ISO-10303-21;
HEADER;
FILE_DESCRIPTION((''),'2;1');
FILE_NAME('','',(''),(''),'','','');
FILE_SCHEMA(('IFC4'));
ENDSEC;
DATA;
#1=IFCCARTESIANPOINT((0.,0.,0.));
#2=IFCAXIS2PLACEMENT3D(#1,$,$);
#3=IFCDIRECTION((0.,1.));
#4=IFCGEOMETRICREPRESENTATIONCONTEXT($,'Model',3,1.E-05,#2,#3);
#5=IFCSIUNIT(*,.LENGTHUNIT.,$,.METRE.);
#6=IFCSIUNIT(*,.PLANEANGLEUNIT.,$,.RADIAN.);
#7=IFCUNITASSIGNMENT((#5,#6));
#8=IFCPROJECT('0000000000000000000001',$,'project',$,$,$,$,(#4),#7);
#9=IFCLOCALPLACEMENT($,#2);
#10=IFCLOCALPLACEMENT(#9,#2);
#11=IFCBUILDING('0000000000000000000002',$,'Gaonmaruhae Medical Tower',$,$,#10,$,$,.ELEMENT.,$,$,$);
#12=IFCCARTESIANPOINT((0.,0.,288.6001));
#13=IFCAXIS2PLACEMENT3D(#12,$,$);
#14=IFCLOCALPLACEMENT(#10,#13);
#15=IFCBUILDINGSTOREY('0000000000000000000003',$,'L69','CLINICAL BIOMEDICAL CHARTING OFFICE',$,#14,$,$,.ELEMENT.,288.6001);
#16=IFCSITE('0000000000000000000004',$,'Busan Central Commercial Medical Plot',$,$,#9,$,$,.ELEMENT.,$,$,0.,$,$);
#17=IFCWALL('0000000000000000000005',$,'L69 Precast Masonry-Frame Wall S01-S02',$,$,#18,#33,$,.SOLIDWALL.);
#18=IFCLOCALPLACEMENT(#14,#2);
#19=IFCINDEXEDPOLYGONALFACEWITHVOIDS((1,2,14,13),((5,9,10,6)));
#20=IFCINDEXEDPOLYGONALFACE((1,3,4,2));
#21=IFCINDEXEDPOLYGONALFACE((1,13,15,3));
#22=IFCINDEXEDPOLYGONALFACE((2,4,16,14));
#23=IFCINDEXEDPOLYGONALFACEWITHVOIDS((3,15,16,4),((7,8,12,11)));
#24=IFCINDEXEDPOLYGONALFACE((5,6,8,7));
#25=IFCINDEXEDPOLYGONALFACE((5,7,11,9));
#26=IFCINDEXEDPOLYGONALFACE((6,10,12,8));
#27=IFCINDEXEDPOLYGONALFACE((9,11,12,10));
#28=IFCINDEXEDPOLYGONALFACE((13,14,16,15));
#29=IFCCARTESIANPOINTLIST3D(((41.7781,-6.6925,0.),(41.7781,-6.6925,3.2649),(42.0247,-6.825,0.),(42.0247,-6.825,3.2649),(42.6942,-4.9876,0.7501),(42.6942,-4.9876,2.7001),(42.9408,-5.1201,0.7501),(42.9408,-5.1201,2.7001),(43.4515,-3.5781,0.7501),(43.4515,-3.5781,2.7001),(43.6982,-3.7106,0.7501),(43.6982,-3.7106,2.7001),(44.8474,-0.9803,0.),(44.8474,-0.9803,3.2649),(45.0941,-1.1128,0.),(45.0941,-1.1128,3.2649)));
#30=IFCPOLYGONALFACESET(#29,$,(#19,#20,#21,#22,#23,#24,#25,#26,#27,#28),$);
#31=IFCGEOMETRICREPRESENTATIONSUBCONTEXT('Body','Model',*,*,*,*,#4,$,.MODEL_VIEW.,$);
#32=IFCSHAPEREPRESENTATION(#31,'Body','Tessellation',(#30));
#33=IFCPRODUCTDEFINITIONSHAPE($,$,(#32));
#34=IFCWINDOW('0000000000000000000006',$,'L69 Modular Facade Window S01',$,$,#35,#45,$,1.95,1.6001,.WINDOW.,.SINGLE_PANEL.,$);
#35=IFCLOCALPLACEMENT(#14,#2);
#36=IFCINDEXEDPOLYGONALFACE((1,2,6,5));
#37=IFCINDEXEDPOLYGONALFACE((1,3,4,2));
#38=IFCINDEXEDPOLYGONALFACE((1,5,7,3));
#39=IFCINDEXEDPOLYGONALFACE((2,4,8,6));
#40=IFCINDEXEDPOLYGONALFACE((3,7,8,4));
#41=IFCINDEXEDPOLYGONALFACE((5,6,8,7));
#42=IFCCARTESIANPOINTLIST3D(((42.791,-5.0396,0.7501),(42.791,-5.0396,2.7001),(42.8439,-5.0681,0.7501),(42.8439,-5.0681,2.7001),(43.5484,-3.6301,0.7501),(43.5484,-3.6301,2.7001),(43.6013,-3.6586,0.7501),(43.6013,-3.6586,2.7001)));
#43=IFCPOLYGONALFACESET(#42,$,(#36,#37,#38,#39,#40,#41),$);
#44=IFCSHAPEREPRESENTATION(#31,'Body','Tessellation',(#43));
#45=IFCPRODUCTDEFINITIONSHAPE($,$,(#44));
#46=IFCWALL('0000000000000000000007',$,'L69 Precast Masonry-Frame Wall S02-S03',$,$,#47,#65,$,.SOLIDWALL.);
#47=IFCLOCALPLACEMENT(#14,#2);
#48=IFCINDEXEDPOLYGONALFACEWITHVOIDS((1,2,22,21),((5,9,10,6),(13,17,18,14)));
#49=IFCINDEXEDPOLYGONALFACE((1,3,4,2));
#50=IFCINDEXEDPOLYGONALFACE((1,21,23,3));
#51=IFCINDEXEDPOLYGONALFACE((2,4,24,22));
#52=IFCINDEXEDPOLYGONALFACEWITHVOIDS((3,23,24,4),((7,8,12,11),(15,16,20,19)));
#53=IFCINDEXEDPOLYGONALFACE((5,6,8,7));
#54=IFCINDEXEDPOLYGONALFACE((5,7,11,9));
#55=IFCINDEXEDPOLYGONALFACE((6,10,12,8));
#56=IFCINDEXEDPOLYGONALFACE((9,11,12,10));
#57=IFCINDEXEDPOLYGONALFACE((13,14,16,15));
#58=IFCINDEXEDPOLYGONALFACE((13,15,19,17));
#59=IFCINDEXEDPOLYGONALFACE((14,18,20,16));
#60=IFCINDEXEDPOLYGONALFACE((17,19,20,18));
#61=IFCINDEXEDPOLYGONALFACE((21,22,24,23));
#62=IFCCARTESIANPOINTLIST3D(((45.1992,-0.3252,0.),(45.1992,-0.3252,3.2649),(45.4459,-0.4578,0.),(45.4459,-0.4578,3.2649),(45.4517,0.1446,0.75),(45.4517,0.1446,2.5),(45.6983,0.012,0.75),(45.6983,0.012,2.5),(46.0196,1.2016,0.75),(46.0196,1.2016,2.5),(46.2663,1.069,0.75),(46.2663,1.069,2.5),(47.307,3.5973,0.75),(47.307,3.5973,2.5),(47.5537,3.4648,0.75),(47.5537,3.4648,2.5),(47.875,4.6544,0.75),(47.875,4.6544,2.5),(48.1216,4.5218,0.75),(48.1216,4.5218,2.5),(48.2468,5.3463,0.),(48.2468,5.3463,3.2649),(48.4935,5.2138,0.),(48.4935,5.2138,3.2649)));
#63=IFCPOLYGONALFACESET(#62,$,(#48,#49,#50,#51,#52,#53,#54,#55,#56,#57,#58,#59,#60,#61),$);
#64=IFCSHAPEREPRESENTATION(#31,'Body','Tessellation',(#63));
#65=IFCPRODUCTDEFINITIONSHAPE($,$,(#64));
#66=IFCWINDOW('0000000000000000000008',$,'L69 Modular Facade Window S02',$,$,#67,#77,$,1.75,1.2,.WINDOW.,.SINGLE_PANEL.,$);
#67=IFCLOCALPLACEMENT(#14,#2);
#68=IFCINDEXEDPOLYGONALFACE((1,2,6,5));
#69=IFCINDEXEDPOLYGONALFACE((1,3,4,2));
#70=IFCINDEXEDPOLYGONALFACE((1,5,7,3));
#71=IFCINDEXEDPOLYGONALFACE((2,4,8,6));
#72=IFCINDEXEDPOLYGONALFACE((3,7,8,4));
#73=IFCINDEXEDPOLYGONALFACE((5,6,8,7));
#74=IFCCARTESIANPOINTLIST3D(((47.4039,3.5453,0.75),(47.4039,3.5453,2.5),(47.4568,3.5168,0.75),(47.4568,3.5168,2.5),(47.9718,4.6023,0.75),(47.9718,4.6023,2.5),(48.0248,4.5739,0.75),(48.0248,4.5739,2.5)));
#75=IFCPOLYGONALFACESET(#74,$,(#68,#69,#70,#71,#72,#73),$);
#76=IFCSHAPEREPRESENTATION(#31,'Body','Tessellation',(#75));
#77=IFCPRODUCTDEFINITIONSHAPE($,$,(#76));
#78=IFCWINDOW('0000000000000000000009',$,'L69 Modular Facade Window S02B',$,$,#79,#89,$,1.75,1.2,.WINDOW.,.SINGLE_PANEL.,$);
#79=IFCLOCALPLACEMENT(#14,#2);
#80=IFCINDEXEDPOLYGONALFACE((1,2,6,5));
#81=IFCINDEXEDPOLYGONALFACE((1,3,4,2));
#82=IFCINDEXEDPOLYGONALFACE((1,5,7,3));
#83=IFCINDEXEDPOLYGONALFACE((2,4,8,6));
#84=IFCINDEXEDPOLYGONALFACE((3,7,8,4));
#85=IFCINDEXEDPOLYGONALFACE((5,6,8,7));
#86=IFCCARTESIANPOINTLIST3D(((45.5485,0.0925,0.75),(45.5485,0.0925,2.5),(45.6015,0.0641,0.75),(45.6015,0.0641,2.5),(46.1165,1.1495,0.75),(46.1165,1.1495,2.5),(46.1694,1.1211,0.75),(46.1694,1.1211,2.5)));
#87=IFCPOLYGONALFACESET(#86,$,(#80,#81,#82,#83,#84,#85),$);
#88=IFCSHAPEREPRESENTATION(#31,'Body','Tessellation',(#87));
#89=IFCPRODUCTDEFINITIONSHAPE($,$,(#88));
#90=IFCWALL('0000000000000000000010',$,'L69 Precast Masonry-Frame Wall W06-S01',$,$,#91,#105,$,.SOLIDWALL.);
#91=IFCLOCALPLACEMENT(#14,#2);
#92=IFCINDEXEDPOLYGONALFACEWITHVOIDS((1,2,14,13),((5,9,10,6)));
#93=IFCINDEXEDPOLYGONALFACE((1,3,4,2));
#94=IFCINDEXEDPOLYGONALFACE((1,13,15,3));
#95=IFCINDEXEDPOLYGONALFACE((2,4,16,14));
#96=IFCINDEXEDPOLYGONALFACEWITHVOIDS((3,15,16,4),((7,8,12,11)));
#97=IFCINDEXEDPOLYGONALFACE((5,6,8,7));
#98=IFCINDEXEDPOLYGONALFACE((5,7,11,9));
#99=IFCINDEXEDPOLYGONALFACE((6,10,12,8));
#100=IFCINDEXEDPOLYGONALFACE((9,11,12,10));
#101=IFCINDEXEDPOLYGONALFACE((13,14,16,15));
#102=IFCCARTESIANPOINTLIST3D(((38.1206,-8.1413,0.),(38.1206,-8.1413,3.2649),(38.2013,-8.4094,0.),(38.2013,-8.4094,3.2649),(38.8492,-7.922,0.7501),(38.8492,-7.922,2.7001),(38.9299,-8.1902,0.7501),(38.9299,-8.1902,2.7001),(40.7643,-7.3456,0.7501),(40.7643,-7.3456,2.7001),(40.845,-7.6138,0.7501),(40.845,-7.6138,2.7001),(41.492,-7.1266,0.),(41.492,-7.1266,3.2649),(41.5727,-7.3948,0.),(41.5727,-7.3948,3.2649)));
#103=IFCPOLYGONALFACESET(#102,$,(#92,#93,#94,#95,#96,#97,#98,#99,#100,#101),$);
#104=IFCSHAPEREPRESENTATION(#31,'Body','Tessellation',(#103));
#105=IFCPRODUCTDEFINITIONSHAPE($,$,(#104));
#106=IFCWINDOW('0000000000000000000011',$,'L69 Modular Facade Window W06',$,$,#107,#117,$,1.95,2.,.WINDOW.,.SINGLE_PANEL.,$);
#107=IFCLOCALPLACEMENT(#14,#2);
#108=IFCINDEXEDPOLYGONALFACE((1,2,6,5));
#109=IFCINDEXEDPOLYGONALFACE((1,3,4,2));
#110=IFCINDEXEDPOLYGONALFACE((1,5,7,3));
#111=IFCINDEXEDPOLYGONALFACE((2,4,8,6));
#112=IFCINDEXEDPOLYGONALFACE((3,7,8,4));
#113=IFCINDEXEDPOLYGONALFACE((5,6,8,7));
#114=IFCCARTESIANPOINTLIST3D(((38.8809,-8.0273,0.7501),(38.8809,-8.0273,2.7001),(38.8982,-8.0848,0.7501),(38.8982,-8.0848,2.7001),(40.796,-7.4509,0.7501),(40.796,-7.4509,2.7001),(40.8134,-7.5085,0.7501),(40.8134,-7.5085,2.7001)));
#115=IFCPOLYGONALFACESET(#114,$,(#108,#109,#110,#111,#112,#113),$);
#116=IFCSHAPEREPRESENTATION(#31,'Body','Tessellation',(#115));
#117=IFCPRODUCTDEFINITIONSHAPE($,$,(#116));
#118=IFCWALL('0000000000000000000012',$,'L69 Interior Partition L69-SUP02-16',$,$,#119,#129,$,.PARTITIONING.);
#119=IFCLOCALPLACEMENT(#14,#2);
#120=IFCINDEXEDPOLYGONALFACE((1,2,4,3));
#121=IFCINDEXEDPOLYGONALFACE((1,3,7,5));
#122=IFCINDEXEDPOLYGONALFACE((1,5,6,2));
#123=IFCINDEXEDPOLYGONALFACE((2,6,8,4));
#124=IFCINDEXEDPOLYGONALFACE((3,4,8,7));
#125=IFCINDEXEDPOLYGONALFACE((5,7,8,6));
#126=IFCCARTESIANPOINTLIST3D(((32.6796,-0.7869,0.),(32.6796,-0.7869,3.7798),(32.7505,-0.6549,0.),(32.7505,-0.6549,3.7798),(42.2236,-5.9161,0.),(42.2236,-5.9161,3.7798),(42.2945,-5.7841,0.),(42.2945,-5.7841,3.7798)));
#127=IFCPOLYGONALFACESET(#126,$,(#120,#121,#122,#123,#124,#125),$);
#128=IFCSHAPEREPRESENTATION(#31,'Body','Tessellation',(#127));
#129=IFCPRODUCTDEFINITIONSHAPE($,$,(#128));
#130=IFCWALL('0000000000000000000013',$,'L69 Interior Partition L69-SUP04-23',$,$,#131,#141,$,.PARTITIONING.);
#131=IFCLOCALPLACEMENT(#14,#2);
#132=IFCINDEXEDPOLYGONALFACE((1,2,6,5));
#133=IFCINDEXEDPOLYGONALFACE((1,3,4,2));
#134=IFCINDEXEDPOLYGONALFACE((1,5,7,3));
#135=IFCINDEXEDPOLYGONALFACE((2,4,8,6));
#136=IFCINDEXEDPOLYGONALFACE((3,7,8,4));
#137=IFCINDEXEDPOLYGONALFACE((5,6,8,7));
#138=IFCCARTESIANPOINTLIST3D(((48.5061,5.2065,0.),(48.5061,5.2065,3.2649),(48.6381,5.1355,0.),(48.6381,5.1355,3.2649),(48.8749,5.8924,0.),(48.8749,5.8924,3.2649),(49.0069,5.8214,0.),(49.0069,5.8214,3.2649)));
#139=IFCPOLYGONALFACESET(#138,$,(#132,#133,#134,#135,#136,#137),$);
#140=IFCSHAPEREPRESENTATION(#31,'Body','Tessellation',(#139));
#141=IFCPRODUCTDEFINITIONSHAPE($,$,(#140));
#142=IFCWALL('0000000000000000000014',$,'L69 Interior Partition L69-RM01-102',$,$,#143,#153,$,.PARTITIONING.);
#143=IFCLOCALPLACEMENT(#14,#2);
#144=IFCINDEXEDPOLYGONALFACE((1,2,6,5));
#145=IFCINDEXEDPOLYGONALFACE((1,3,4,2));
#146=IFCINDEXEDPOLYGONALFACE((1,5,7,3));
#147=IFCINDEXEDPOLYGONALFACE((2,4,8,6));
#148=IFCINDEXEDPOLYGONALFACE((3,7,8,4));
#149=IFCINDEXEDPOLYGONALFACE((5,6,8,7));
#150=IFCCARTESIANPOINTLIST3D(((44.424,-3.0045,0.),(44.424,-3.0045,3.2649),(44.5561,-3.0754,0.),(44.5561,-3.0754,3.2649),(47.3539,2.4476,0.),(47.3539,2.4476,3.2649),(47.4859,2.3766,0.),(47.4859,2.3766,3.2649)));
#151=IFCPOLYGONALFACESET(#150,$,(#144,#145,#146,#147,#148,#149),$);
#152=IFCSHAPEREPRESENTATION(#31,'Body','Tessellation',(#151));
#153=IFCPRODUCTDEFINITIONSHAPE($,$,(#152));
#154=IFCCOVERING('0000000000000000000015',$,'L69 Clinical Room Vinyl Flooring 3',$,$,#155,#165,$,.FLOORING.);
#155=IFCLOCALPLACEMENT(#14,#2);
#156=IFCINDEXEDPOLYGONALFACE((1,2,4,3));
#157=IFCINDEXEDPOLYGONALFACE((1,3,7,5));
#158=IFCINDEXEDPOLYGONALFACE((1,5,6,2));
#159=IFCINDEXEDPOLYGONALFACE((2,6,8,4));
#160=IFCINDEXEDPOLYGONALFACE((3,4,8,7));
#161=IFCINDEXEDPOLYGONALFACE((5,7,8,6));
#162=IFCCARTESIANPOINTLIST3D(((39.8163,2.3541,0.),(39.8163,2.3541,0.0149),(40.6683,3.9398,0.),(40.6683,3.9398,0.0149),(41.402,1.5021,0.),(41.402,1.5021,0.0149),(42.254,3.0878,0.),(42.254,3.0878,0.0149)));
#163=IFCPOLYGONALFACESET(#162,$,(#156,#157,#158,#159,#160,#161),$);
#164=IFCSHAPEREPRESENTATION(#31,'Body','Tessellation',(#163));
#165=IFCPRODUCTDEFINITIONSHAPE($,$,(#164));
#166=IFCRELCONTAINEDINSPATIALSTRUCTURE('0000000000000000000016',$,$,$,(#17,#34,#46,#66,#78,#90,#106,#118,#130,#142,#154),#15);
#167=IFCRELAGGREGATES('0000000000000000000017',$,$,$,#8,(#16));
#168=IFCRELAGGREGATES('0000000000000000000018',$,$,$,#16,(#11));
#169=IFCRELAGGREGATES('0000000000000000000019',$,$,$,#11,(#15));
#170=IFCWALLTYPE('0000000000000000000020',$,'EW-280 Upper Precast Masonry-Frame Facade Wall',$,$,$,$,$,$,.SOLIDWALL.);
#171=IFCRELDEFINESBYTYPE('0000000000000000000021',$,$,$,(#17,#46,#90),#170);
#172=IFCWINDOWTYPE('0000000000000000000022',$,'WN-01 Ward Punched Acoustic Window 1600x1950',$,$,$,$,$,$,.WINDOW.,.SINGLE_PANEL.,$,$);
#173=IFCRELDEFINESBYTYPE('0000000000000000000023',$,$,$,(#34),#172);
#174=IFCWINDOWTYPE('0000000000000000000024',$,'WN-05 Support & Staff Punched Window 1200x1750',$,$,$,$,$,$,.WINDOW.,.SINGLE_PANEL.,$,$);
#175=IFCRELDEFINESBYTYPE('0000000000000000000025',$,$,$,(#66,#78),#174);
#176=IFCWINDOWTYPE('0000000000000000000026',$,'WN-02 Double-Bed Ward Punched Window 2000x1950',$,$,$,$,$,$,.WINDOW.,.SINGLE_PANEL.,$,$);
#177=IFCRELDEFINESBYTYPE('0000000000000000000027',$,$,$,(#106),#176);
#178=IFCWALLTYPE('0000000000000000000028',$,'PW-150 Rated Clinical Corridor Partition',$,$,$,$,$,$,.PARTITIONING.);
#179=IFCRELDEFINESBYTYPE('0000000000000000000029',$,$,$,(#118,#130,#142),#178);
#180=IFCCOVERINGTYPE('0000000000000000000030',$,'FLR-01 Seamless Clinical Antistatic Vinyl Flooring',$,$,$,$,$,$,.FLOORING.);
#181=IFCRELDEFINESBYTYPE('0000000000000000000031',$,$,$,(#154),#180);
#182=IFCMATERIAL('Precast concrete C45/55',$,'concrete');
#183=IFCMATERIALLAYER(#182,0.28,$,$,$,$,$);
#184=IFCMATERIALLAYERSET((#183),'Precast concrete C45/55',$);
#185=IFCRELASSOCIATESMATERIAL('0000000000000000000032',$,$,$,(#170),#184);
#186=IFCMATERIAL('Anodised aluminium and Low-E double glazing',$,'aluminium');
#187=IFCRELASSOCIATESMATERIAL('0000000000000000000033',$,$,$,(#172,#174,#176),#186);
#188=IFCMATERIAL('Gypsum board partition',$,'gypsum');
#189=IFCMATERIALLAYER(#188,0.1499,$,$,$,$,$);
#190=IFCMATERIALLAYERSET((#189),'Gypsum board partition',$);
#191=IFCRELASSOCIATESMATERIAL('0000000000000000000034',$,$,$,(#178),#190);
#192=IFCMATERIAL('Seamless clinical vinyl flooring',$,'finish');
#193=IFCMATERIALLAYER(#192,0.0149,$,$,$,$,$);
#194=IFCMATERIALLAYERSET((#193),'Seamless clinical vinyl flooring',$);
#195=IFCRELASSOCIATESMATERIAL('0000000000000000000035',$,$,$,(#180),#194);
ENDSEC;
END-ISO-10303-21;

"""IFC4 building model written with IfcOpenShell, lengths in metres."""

from ifc_helpers import new_model, si_unit, direction, frame, frame_2d, origin, origin_2d, place, context, subcontext, project, spatial, rectangle, extrude, material, layer, layer_set, type_object, element, fill, save


model = new_model("IFC4")

# Units and contexts
model_context = context("Model", 3, precision=1e-05, world=origin(), true_north=direction((0.0, 1.0)))
body_context = subcontext(model_context, "Body", "Model", "MODEL_VIEW")
ifc_project = project(units=[si_unit("LENGTHUNIT", "METRE"), si_unit("PLANEANGLEUNIT", "RADIAN")], contexts=[model_context])

# Site, building, storey
site_placement = place(None, origin())
site = spatial("IfcSite", under=ifc_project, at=site_placement, Name="Busan Central Commercial Medical Plot", CompositionType="ELEMENT", RefElevation=0.0)
building_placement = place(site_placement, origin())
building = spatial("IfcBuilding", under=site, at=building_placement, Name="Gaonmaruhae Medical Tower", CompositionType="ELEMENT")
storey_placement = place(building_placement, frame((0.0, 0.0, 288.6001)))
storey = spatial("IfcBuildingStorey", under=building, at=storey_placement, Name="L69", Description="CLINICAL BIOMEDICAL CHARTING OFFICE", CompositionType="ELEMENT", Elevation=288.6001)

# Wall, opening, window
ifc_material_1 = material(Name="Precast concrete C45/55", Category="concrete")
ifc_layer_1 = layer(ifc_material_1, 0.28)
ifc_layer_set_1 = layer_set([ifc_layer_1], Name="Precast concrete C45/55")
wall_type_1 = type_object("IfcWallType", Name="EW-280 Upper Precast Masonry-Frame Facade Wall", PredefinedType="SOLIDWALL", material=ifc_layer_set_1)
wall_1_placement = place(storey_placement, frame((44.9707, -1.0466, 0.0), z_axis=(0.0, 0.0, 1.0), x_axis=(-0.47333, -0.880885, 0.0)))
wall_1 = element("IfcWall", 1, at=wall_1_placement, inside=storey, type_object=wall_type_1, Name="L69 Precast Masonry-Frame Wall S01-S02", PredefinedType="SOLIDWALL", context=body_context, shape_type="SweptSolid", body=[
    extrude(rectangle(XDim=6.4846, YDim=0.28, at=frame_2d((3.2422, 0.0))), origin(), (0.0, 0.0, 1.0), 3.2649),
])
opening_1_placement = place(wall_1_placement, frame((2.949, 0.0, 0.75)))
opening_1 = element("IfcOpeningElement", 2, at=opening_1_placement, cuts=wall_1, PredefinedType="OPENING", context=body_context, shape_type="SweptSolid", body=[
    extrude(rectangle(XDim=1.6001, YDim=1.95, at=frame_2d((0.8, 0.9751))), frame((0.0, 0.1499, 0.0), z_axis=(0.0, -1.0, 0.0), x_axis=(1.0, 0.0, 0.0)), (0.0, 0.0, 1.0), 0.3),
])
ifc_material_2 = material(Name="Anodised aluminium and Low-E double glazing", Category="aluminium")
window_type_1 = type_object("IfcWindowType", Name="WN-01 Ward Punched Acoustic Window 1600x1950", PartitioningType="SINGLE_PANEL", PredefinedType="WINDOW", material=ifc_material_2)
window_1_placement = place(opening_1_placement, origin())
window_1 = element("IfcWindow", 3, at=window_1_placement, inside=storey, type_object=window_type_1, Name="L69 Modular Facade Window S01", OverallHeight=1.95, OverallWidth=1.6001, PartitioningType="SINGLE_PANEL", PredefinedType="WINDOW", context=body_context, shape_type="SweptSolid", body=[
    extrude(rectangle(XDim=1.6001, YDim=1.95, at=frame_2d((0.8, 0.9751))), frame((0.0, 0.03, 0.0), z_axis=(0.0, -1.0, 0.0), x_axis=(1.0, 0.0, 0.0)), (0.0, 0.0, 1.0), 0.0601),
])
fill(opening_1, window_1)

# Wall, openings, windows
wall_2_placement = place(storey_placement, frame((48.3701, 5.28, 0.0), z_axis=(0.0, 0.0, 1.0), x_axis=(-0.473335, -0.880882, 0.0)))
wall_2 = element("IfcWall", 4, at=wall_2_placement, inside=storey, type_object=wall_type_1, Name="L69 Precast Masonry-Frame Wall S02-S03", PredefinedType="SOLIDWALL", context=body_context, shape_type="SweptSolid", body=[
    extrude(rectangle(XDim=6.4385, YDim=0.28, at=frame_2d((3.2192, 0.0))), origin(), (0.0, 0.0, 1.0), 3.2649),
])
opening_2_placement = place(wall_2_placement, frame((0.7854, 0.0, 0.75)))
opening_2 = element("IfcOpeningElement", 5, at=opening_2_placement, cuts=wall_2, PredefinedType="OPENING", context=body_context, shape_type="SweptSolid", body=[
    extrude(rectangle(XDim=1.2, YDim=1.75, at=frame_2d((0.6001, 0.875))), frame((0.0, 0.1499, 0.0), z_axis=(0.0, -1.0, 0.0), x_axis=(1.0, 0.0, 0.0)), (0.0, 0.0, 1.0), 0.3),
])
opening_3_placement = place(wall_2_placement, frame((4.7051, 0.0, 0.75)))
opening_3 = element("IfcOpeningElement", 6, at=opening_3_placement, cuts=wall_2, PredefinedType="OPENING", context=body_context, shape_type="SweptSolid", body=[
    extrude(rectangle(XDim=1.2, YDim=1.75, at=frame_2d((0.6001, 0.875))), frame((0.0, 0.1499, 0.0), z_axis=(0.0, -1.0, 0.0), x_axis=(1.0, 0.0, 0.0)), (0.0, 0.0, 1.0), 0.3),
])
window_type_2 = type_object("IfcWindowType", Name="WN-05 Support & Staff Punched Window 1200x1750", PartitioningType="SINGLE_PANEL", PredefinedType="WINDOW", material=ifc_material_2)
window_2_placement = place(opening_2_placement, origin())
window_2 = element("IfcWindow", 7, at=window_2_placement, inside=storey, type_object=window_type_2, Name="L69 Modular Facade Window S02", OverallHeight=1.75, OverallWidth=1.2, PartitioningType="SINGLE_PANEL", PredefinedType="WINDOW", context=body_context, shape_type="SweptSolid", body=[
    extrude(rectangle(XDim=1.2, YDim=1.75, at=frame_2d((0.6001, 0.875))), frame((0.0, 0.03, 0.0), z_axis=(0.0, -1.0, 0.0), x_axis=(1.0, 0.0, 0.0)), (0.0, 0.0, 1.0), 0.0601),
])
fill(opening_2, window_2)
window_3_placement = place(opening_3_placement, origin())
window_3 = element("IfcWindow", 8, at=window_3_placement, inside=storey, type_object=window_type_2, Name="L69 Modular Facade Window S02B", OverallHeight=1.75, OverallWidth=1.2, PartitioningType="SINGLE_PANEL", PredefinedType="WINDOW", context=body_context, shape_type="SweptSolid", body=[
    extrude(rectangle(XDim=1.2, YDim=1.75, at=frame_2d((0.6001, 0.875))), frame((0.0, 0.03, 0.0), z_axis=(0.0, -1.0, 0.0), x_axis=(1.0, 0.0, 0.0)), (0.0, 0.0, 1.0), 0.0601),
])
fill(opening_3, window_3)

# Wall, opening, window
wall_3_placement = place(storey_placement, frame((41.5322, -7.2607, 0.0), z_axis=(0.0, 0.0, 1.0), x_axis=(-0.957572, -0.288194, 0.0)))
wall_3 = element("IfcWall", 9, at=wall_3_placement, inside=storey, type_object=wall_type_1, Name="L69 Precast Masonry-Frame Wall W06-S01", PredefinedType="SOLIDWALL", context=body_context, shape_type="SweptSolid", body=[
    extrude(rectangle(XDim=3.5208, YDim=0.28, at=frame_2d((1.7603, 0.0))), origin(), (0.0, 0.0, 1.0), 3.2649),
])
opening_4_placement = place(wall_3_placement, frame((0.7598, 0.0, 0.75)))
opening_4 = element("IfcOpeningElement", 10, at=opening_4_placement, cuts=wall_3, PredefinedType="OPENING", context=body_context, shape_type="SweptSolid", body=[
    extrude(rectangle(XDim=2.0, YDim=1.95, at=frame_2d((1.0, 0.9751))), frame((0.0, 0.1499, 0.0), z_axis=(0.0, -1.0, 0.0), x_axis=(1.0, 0.0, 0.0)), (0.0, 0.0, 1.0), 0.3),
])
window_type_3 = type_object("IfcWindowType", Name="WN-02 Double-Bed Ward Punched Window 2000x1950", PartitioningType="SINGLE_PANEL", PredefinedType="WINDOW", material=ifc_material_2)
window_4_placement = place(opening_4_placement, origin())
window_4 = element("IfcWindow", 11, at=window_4_placement, inside=storey, type_object=window_type_3, Name="L69 Modular Facade Window W06", OverallHeight=1.95, OverallWidth=2.0, PartitioningType="SINGLE_PANEL", PredefinedType="WINDOW", context=body_context, shape_type="SweptSolid", body=[
    extrude(rectangle(XDim=2.0, YDim=1.95, at=frame_2d((1.0, 0.9751))), frame((0.0, 0.03, 0.0), z_axis=(0.0, -1.0, 0.0), x_axis=(1.0, 0.0, 0.0)), (0.0, 0.0, 1.0), 0.0601),
])
fill(opening_4, window_4)

# Walls
ifc_material_3 = material(Name="Gypsum board partition", Category="gypsum")
ifc_layer_2 = layer(ifc_material_3, 0.1499)
ifc_layer_set_2 = layer_set([ifc_layer_2], Name="Gypsum board partition")
wall_type_2 = type_object("IfcWallType", Name="PW-150 Rated Clinical Corridor Partition", PredefinedType="PARTITIONING", material=ifc_layer_set_2)
wall_4_placement = place(storey_placement, frame((42.259, -5.8501, 0.0), z_axis=(0.0, 0.0, 1.0), x_axis=(-0.880852, 0.473392, 0.0)))
element("IfcWall", 12, at=wall_4_placement, inside=storey, type_object=wall_type_2, Name="L69 Interior Partition L69-SUP02-16", PredefinedType="PARTITIONING", context=body_context, shape_type="SweptSolid", body=[
    extrude(rectangle(XDim=10.835, YDim=0.1499, at=frame_2d((5.4175, 0.0))), origin(), (0.0, 0.0, 1.0), 3.7798),
])
wall_5_placement = place(storey_placement, frame((48.9409, 5.8569, 0.0), z_axis=(0.0, 0.0, 1.0), x_axis=(-0.473595, -0.880743, 0.0)))
element("IfcWall", 13, at=wall_5_placement, inside=storey, type_object=wall_type_2, Name="L69 Interior Partition L69-SUP04-23", PredefinedType="PARTITIONING", context=body_context, shape_type="SweptSolid", body=[
    extrude(rectangle(XDim=0.7788, YDim=0.1499, at=frame_2d((0.3894, 0.0))), origin(), (0.0, 0.0, 1.0), 3.2649),
])
wall_6_placement = place(storey_placement, frame((47.4199, 2.4121, 0.0), z_axis=(0.0, 0.0, 1.0), x_axis=(-0.473368, -0.880865, 0.0)))
element("IfcWall", 14, at=wall_6_placement, inside=storey, type_object=wall_type_2, Name="L69 Interior Partition L69-RM01-102", PredefinedType="PARTITIONING", context=body_context, shape_type="SweptSolid", body=[
    extrude(rectangle(XDim=6.1895, YDim=0.1499, at=frame_2d((3.0947, 0.0))), origin(), (0.0, 0.0, 1.0), 3.2649),
])

# Covering
ifc_material_4 = material(Name="Seamless clinical vinyl flooring", Category="finish")
ifc_layer_3 = layer(ifc_material_4, 0.0149)
ifc_layer_set_3 = layer_set([ifc_layer_3], Name="Seamless clinical vinyl flooring")
covering_type = type_object("IfcCoveringType", Name="FLR-01 Seamless Clinical Antistatic Vinyl Flooring", PredefinedType="FLOORING", material=ifc_layer_set_3)
covering_placement = place(storey_placement, frame((41.0352, 2.7209, 0.0), z_axis=(0.0, 0.0, 1.0), x_axis=(0.47332, 0.880891, 0.0)))
element("IfcCovering", 15, at=covering_placement, inside=storey, type_object=covering_type, Name="L69 Clinical Room Vinyl Flooring 3", PredefinedType="FLOORING", context=body_context, shape_type="SweptSolid", body=[
    extrude(rectangle(XDim=1.8, YDim=1.8, at=origin_2d()), origin(), (0.0, 0.0, 1.0), 0.0149),
])

save(model, "model.ifc")
